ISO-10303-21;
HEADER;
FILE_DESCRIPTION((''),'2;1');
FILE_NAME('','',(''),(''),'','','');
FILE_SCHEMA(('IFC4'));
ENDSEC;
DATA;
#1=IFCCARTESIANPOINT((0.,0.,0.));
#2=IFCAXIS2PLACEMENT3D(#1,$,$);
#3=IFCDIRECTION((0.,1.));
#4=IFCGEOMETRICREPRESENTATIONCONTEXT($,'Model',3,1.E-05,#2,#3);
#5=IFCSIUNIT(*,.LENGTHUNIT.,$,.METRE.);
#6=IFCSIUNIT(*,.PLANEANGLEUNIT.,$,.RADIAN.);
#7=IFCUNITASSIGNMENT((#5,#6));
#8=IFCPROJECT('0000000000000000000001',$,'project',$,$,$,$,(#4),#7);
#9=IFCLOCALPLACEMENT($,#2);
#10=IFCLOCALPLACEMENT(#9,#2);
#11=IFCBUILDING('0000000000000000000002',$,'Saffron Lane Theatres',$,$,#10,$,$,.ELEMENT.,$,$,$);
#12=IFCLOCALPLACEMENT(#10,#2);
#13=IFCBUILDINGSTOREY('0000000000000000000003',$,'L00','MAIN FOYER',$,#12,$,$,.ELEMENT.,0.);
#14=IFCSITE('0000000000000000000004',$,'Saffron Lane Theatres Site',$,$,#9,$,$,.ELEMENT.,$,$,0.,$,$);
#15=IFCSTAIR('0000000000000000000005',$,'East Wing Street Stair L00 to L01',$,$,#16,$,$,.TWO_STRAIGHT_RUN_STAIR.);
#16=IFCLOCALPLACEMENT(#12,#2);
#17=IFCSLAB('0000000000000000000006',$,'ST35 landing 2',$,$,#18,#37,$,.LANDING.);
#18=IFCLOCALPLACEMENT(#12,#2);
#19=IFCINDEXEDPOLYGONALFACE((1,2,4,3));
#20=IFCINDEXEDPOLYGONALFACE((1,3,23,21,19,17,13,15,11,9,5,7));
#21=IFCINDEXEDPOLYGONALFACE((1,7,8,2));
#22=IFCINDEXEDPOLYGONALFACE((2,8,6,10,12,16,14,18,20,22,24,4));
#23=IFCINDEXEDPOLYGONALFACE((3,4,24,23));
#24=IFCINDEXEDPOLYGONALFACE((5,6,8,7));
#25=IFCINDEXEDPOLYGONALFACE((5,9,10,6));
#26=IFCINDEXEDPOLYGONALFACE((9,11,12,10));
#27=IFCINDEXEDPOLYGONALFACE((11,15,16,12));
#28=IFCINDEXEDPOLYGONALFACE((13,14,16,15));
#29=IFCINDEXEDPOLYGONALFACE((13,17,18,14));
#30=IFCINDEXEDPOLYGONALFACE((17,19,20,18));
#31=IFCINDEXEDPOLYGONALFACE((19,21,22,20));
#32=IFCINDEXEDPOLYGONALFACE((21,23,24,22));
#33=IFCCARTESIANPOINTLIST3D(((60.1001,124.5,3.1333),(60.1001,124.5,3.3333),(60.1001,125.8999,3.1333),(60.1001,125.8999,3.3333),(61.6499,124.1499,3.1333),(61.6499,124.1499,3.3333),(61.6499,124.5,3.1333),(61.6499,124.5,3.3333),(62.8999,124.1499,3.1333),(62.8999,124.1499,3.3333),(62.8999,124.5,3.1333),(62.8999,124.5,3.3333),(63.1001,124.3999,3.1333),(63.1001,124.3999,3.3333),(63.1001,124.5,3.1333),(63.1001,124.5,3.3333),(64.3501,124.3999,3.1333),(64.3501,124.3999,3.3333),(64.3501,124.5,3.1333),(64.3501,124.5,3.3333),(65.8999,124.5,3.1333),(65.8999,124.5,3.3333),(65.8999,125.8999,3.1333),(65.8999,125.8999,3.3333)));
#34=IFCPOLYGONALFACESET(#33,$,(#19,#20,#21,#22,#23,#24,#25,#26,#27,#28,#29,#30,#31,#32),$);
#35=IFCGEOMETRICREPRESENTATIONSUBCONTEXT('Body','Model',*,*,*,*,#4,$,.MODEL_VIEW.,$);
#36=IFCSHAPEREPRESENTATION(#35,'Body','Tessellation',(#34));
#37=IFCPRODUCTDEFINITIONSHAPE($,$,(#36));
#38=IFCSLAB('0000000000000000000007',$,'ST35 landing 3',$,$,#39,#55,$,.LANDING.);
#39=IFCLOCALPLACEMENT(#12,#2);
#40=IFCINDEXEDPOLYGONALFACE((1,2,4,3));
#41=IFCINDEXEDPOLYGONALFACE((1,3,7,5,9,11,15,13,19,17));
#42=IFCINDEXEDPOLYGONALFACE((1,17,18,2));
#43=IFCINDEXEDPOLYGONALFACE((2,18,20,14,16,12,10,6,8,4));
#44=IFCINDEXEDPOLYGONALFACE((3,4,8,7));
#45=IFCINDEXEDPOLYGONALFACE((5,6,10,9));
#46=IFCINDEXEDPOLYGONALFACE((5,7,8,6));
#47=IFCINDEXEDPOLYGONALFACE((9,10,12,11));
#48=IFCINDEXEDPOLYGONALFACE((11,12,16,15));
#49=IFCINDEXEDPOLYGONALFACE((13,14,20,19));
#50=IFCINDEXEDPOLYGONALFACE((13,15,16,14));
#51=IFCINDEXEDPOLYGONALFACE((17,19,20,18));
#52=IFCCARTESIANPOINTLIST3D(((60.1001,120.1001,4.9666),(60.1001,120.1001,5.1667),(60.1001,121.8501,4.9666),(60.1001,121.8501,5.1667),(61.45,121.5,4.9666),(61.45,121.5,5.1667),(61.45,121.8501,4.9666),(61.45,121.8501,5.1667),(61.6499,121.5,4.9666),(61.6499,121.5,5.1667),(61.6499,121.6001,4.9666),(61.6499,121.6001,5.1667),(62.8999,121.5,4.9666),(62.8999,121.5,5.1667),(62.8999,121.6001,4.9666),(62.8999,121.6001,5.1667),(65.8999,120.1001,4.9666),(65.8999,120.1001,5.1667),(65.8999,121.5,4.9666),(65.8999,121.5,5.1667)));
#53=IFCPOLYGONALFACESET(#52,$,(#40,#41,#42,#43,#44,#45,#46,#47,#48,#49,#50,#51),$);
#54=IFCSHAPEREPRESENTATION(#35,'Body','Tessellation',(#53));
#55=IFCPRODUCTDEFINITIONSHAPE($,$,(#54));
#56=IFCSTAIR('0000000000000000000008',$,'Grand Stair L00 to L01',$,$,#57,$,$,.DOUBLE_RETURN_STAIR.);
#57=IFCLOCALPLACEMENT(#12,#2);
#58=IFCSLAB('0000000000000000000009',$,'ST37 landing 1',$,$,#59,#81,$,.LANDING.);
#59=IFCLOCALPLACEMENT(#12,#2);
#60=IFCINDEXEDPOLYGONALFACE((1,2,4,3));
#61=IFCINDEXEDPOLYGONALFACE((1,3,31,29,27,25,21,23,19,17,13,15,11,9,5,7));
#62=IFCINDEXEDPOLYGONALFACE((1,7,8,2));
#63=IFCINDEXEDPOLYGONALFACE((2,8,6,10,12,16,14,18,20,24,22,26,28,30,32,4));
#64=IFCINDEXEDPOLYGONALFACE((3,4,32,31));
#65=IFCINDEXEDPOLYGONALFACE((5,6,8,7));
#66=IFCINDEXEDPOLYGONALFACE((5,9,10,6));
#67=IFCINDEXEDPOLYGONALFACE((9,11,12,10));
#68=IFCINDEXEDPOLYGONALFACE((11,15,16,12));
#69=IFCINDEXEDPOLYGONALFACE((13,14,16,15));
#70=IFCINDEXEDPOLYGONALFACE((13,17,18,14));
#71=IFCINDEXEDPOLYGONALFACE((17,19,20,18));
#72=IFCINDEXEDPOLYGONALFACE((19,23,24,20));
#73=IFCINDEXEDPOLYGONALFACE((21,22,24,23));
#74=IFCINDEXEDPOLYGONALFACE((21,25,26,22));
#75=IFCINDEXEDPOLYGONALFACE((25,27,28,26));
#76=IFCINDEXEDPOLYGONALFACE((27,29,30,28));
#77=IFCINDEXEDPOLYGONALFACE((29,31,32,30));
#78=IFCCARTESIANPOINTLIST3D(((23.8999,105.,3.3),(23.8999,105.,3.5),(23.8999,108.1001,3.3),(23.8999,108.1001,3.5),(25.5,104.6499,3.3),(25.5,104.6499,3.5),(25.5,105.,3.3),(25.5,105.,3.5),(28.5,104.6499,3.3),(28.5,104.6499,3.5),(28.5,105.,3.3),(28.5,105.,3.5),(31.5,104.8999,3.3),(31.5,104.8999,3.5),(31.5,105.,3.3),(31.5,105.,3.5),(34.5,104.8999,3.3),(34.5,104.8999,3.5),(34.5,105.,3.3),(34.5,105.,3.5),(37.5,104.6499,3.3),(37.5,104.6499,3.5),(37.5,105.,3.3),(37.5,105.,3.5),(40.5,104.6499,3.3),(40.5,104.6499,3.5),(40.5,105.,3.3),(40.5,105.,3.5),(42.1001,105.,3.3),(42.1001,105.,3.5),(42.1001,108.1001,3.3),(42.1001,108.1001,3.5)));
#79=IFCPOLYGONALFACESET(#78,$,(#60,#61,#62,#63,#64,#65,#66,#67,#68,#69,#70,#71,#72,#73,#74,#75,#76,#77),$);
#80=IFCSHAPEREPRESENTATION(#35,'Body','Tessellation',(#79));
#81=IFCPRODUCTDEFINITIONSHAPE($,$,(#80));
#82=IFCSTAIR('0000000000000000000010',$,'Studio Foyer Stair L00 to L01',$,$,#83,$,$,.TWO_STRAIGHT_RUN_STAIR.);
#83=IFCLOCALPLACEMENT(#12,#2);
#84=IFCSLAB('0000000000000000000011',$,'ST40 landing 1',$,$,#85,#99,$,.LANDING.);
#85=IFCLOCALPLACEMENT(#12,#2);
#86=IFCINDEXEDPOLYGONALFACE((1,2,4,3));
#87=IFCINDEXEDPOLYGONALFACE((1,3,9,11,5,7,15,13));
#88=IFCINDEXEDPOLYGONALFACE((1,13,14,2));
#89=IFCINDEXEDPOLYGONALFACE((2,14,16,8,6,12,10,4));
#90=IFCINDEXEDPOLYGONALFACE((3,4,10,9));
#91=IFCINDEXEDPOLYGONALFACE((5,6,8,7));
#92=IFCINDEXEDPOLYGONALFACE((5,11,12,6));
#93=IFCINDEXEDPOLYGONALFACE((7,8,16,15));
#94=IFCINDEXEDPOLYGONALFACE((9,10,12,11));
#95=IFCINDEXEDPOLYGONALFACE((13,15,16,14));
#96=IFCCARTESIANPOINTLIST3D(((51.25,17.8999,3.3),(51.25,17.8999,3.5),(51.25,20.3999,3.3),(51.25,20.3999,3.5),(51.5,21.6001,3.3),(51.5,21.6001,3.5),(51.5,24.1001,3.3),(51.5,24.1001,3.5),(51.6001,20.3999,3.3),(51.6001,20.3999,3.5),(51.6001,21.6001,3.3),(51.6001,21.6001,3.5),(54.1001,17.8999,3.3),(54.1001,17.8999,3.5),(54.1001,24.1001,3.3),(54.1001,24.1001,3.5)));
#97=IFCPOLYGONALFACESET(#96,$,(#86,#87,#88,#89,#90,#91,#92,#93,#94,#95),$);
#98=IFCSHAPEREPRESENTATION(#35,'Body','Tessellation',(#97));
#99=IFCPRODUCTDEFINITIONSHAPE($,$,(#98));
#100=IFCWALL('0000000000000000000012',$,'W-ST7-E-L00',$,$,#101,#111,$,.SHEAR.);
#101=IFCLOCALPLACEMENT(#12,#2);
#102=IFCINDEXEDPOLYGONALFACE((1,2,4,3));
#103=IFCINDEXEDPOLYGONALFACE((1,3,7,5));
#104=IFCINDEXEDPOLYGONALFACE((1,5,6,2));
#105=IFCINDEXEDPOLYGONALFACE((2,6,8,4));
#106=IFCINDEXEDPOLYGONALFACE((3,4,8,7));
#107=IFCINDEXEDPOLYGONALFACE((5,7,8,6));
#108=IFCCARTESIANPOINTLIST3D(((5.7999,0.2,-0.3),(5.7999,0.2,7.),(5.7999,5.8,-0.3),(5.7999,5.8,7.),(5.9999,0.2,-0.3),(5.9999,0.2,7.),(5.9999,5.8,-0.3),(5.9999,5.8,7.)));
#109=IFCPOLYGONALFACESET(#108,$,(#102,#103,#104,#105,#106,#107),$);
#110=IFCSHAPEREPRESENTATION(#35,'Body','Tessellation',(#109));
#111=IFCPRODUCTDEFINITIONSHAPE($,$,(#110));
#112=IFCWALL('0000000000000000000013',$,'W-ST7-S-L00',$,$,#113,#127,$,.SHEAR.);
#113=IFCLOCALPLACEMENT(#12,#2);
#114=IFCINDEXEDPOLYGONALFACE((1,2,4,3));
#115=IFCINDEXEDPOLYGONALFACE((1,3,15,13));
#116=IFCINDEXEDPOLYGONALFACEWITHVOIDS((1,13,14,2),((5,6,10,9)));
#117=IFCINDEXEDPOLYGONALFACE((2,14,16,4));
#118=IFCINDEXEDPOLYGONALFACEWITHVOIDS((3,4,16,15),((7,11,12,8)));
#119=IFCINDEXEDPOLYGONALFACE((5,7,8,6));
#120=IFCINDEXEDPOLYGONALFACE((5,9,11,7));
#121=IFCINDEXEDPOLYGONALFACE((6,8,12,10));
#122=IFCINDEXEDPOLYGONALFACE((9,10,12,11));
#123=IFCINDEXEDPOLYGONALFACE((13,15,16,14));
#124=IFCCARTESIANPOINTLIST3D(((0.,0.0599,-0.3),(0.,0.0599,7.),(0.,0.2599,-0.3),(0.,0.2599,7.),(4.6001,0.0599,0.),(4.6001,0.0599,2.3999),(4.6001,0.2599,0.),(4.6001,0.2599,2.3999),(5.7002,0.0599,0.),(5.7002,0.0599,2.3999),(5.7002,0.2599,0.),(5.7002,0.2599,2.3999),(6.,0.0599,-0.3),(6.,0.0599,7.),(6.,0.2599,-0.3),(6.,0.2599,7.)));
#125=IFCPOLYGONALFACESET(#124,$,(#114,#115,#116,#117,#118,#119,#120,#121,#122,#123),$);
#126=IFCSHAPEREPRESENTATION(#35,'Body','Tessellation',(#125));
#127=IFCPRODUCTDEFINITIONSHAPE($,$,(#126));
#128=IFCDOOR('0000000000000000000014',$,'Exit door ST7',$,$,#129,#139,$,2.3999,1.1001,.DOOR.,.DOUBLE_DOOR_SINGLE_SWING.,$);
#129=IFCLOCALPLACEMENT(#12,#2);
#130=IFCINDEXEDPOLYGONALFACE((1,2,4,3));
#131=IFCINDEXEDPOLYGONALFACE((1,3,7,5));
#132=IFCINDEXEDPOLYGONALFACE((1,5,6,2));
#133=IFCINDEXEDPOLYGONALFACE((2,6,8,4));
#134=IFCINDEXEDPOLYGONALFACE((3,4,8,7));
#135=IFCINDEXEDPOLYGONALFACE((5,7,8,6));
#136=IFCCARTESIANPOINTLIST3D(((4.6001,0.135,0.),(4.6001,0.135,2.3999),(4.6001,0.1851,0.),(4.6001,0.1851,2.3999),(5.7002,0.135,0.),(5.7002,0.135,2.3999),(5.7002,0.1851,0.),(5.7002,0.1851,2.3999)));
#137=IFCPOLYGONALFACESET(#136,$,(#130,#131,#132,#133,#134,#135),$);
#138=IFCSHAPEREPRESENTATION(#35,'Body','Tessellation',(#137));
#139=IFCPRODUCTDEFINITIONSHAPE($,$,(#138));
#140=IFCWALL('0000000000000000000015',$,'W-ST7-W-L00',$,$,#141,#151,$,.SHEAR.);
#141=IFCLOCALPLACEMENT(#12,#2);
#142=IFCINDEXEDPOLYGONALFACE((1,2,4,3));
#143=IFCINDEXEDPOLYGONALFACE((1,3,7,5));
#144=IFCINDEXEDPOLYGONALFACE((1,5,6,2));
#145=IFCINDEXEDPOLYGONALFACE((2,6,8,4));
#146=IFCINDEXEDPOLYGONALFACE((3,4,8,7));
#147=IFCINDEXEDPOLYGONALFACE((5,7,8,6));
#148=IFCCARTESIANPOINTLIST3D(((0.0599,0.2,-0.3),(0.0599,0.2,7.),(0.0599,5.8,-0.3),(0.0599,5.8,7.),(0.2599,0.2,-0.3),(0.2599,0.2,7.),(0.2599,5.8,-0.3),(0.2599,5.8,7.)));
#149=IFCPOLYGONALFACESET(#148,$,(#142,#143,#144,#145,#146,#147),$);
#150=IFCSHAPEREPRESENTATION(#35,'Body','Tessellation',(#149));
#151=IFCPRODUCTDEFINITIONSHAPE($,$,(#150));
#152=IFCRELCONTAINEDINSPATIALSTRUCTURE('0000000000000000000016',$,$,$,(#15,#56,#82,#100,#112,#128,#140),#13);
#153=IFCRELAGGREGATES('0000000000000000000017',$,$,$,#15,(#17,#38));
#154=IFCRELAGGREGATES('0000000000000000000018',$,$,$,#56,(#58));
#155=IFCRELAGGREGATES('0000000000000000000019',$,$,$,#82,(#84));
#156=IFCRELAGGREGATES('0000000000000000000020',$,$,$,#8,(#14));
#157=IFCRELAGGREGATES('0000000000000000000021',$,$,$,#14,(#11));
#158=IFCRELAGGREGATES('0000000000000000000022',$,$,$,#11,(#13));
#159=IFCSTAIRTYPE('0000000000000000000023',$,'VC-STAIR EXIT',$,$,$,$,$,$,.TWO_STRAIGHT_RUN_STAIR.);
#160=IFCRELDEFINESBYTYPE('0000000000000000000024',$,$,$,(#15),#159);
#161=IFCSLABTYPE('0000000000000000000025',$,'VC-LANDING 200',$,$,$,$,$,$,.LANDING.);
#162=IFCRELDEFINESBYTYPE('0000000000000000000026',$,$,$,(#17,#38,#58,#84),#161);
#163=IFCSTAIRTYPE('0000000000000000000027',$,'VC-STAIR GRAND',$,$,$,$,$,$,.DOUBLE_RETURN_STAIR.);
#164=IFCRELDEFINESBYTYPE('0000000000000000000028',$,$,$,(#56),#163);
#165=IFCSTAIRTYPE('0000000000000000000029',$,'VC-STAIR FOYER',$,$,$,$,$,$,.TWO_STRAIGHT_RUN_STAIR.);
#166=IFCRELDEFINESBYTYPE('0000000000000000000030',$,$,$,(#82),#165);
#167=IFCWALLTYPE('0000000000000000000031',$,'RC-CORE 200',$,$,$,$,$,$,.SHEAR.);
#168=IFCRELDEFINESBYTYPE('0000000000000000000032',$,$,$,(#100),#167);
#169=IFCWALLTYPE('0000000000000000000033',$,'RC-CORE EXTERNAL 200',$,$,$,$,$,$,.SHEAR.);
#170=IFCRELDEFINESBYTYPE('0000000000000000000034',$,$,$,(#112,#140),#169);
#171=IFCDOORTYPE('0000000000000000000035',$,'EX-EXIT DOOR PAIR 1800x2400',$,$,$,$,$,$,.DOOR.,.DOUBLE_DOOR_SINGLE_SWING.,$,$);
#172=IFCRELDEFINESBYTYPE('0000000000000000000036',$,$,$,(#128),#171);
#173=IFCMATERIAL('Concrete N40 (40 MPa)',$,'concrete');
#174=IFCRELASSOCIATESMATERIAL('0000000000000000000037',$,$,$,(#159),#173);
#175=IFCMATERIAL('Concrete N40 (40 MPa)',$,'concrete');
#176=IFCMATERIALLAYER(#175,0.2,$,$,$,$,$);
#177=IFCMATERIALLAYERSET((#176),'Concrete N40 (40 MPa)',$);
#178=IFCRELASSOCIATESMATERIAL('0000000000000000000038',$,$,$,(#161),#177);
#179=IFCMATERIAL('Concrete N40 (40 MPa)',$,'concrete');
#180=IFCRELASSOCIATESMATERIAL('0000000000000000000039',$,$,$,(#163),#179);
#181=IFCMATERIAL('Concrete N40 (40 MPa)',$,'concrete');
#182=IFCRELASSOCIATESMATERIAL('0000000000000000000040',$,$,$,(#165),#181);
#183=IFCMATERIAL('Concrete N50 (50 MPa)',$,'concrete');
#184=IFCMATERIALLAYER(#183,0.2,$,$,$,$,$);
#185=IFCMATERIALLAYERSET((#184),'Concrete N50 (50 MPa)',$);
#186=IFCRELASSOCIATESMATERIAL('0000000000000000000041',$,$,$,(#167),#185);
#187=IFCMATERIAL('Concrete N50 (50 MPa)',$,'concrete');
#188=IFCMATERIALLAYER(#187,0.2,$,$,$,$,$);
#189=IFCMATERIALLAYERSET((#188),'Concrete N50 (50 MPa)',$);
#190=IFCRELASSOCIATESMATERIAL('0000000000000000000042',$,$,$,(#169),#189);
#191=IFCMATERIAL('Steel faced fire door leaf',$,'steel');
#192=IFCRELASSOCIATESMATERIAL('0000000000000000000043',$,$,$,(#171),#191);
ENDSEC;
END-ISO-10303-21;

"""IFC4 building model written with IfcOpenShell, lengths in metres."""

from ifc_helpers import new_model, si_unit, direction, frame, frame_2d, origin, place, context, subcontext, project, spatial, polyline, rectangle, outline, extrude, material, layer, layer_set, type_object, element, fill, aggregate, save


model = new_model("IFC4")

# Units and contexts
model_context = context("Model", 3, precision=1e-05, world=origin(), true_north=direction((0.0, 1.0)))
body_context = subcontext(model_context, "Body", "Model", "MODEL_VIEW")
ifc_project = project(units=[si_unit("LENGTHUNIT", "METRE"), si_unit("PLANEANGLEUNIT", "RADIAN")], contexts=[model_context])

# Site, building, storey
site_placement = place(None, origin())
site = spatial("IfcSite", under=ifc_project, at=site_placement, Name="Saffron Lane Theatres Site", CompositionType="ELEMENT", RefElevation=0.0)
building_placement = place(site_placement, origin())
building = spatial("IfcBuilding", under=site, at=building_placement, Name="Saffron Lane Theatres", CompositionType="ELEMENT")
storey_placement = place(building_placement, origin())
storey = spatial("IfcBuildingStorey", under=building, at=storey_placement, Name="L00", Description="MAIN FOYER", CompositionType="ELEMENT", Elevation=0.0)

# Stair, slabs
ifc_material_1 = material(Name="Concrete N40 (40 MPa)", Category="concrete")
stair_type_1 = type_object("IfcStairType", Name="VC-STAIR EXIT", PredefinedType="TWO_STRAIGHT_RUN_STAIR", material=ifc_material_1)
ifc_material_2 = material(Name="Concrete N40 (40 MPa)", Category="concrete")
ifc_layer_1 = layer(ifc_material_2, 0.2)
ifc_layer_set_1 = layer_set([ifc_layer_1], Name="Concrete N40 (40 MPa)")
slab_type = type_object("IfcSlabType", Name="VC-LANDING 200", PredefinedType="LANDING", material=ifc_layer_set_1)
stair_1_placement = place(storey_placement, origin())
stair_1 = element("IfcStair", 1, at=stair_1_placement, inside=storey, type_object=stair_type_1, Name="East Wing Street Stair L00 to L01", PredefinedType="TWO_STRAIGHT_RUN_STAIR")
slab_1_placement = place(storey_placement, frame((0.0, 0.0, 3.1333)))
slab_1 = element("IfcSlab", 2, at=slab_1_placement, type_object=slab_type, Name="ST35 landing 2", PredefinedType="LANDING", context=body_context, shape_type="SweptSolid", body=[
    extrude(outline(polyline([(60.1001, 124.5), (60.1001, 125.8999), (65.8999, 125.8999), (65.8999, 124.5), (64.3501, 124.5), (64.3501, 124.3999), (63.1001, 124.3999), (63.1001, 124.5), (62.8999, 124.5), (62.8999, 124.1499), (61.6499, 124.1499), (61.6499, 124.5), (60.1001, 124.5)])), origin(), (0.0, 0.0, 1.0), 0.2),
])
slab_2_placement = place(storey_placement, frame((0.0, 0.0, 4.9666)))
slab_2 = element("IfcSlab", 3, at=slab_2_placement, type_object=slab_type, Name="ST35 landing 3", PredefinedType="LANDING", context=body_context, shape_type="SweptSolid", body=[
    extrude(outline(polyline([(61.45, 121.5), (61.6499, 121.5), (61.6499, 121.6001), (62.8999, 121.6001), (62.8999, 121.5), (65.8999, 121.5), (65.8999, 120.1001), (60.1001, 120.1001), (60.1001, 121.8501), (61.45, 121.8501), (61.45, 121.5)])), origin(), (0.0, 0.0, 1.0), 0.2002),
])
aggregate(stair_1, [slab_1, slab_2])

# Stairs, slabs
ifc_material_3 = material(Name="Concrete N40 (40 MPa)", Category="concrete")
stair_type_2 = type_object("IfcStairType", Name="VC-STAIR GRAND", PredefinedType="DOUBLE_RETURN_STAIR", material=ifc_material_3)
stair_2_placement = place(storey_placement, origin())
stair_2 = element("IfcStair", 4, at=stair_2_placement, inside=storey, type_object=stair_type_2, Name="Grand Stair L00 to L01", PredefinedType="DOUBLE_RETURN_STAIR")
slab_3_placement = place(storey_placement, frame((0.0, 0.0, 3.3)))
slab_3 = element("IfcSlab", 5, at=slab_3_placement, type_object=slab_type, Name="ST37 landing 1", PredefinedType="LANDING", context=body_context, shape_type="SweptSolid", body=[
    extrude(outline(polyline([(25.5, 105.0), (23.8999, 105.0), (23.8999, 108.1001), (42.1001, 108.1001), (42.1001, 105.0), (40.5, 105.0), (40.5, 104.6499), (37.5, 104.6499), (37.5, 105.0), (34.5, 105.0), (34.5, 104.8999), (31.5, 104.8999), (31.5, 105.0), (28.5, 105.0), (28.5, 104.6499), (25.5, 104.6499), (25.5, 105.0)])), origin(), (0.0, 0.0, 1.0), 0.2),
])
aggregate(stair_2, [slab_3])
ifc_material_4 = material(Name="Concrete N40 (40 MPa)", Category="concrete")
stair_type_3 = type_object("IfcStairType", Name="VC-STAIR FOYER", PredefinedType="TWO_STRAIGHT_RUN_STAIR", material=ifc_material_4)
stair_3_placement = place(storey_placement, origin())
stair_3 = element("IfcStair", 6, at=stair_3_placement, inside=storey, type_object=stair_type_3, Name="Studio Foyer Stair L00 to L01", PredefinedType="TWO_STRAIGHT_RUN_STAIR")
slab_4_placement = place(storey_placement, frame((0.0, 0.0, 3.3)))
slab_4 = element("IfcSlab", 7, at=slab_4_placement, type_object=slab_type, Name="ST40 landing 1", PredefinedType="LANDING", context=body_context, shape_type="SweptSolid", body=[
    extrude(outline(polyline([(51.25, 17.8999), (51.25, 20.3999), (51.6001, 20.3999), (51.6001, 21.6001), (51.5, 21.6001), (51.5, 24.1001), (54.1001, 24.1001), (54.1001, 17.8999), (51.25, 17.8999)])), origin(), (0.0, 0.0, 1.0), 0.2),
])
aggregate(stair_3, [slab_4])

# Wall
ifc_material_5 = material(Name="Concrete N50 (50 MPa)", Category="concrete")
ifc_layer_2 = layer(ifc_material_5, 0.2)
ifc_layer_set_2 = layer_set([ifc_layer_2], Name="Concrete N50 (50 MPa)")
wall_type_1 = type_object("IfcWallType", Name="RC-CORE 200", PredefinedType="SHEAR", material=ifc_layer_set_2)
wall_1_placement = place(storey_placement, frame((5.8999, 0.2, -0.3), z_axis=(0.0, 0.0, 1.0), x_axis=(0.0, 1.0, 0.0)))
element("IfcWall", 8, at=wall_1_placement, inside=storey, type_object=wall_type_1, Name="W-ST7-E-L00", PredefinedType="SHEAR", context=body_context, shape_type="SweptSolid", body=[
    extrude(rectangle(XDim=5.6001, YDim=0.2, at=frame_2d((2.8, 0.0))), origin(), (0.0, 0.0, 1.0), 7.3),
])

# Wall, opening, door
ifc_material_6 = material(Name="Concrete N50 (50 MPa)", Category="concrete")
ifc_layer_3 = layer(ifc_material_6, 0.2)
ifc_layer_set_3 = layer_set([ifc_layer_3], Name="Concrete N50 (50 MPa)")
wall_type_2 = type_object("IfcWallType", Name="RC-CORE EXTERNAL 200", PredefinedType="SHEAR", material=ifc_layer_set_3)
wall_2_placement = place(storey_placement, frame((0.0, 0.1599, -0.3), z_axis=(0.0, 0.0, 1.0), x_axis=(1.0, 0.0, 0.0)))
wall_2 = element("IfcWall", 9, at=wall_2_placement, inside=storey, type_object=wall_type_2, Name="W-ST7-S-L00", PredefinedType="SHEAR", context=body_context, shape_type="SweptSolid", body=[
    extrude(rectangle(XDim=6.0, YDim=0.2, at=frame_2d((3.0, 0.0))), origin(), (0.0, 0.0, 1.0), 7.3),
])
opening_placement = place(wall_2_placement, frame((4.6001, 0.0, 0.3)))
opening = element("IfcOpeningElement", 10, at=opening_placement, cuts=wall_2, PredefinedType="OPENING", context=body_context, shape_type="SweptSolid", body=[
    extrude(rectangle(XDim=1.1001, YDim=2.3999, at=frame_2d((0.55, 1.2))), frame((0.0, 0.1099, 0.0), z_axis=(0.0, -1.0, 0.0), x_axis=(1.0, 0.0, 0.0)), (0.0, 0.0, 1.0), 0.22),
])
ifc_material_7 = material(Name="Steel faced fire door leaf", Category="steel")
door_type = type_object("IfcDoorType", Name="EX-EXIT DOOR PAIR 1800x2400", OperationType="DOUBLE_DOOR_SINGLE_SWING", PredefinedType="DOOR", material=ifc_material_7)
door_placement = place(opening_placement, frame((1.1001, 0.0, 0.0), z_axis=(0.0, 0.0, 1.0), x_axis=(-1.0, 0.0, 0.0)))
door = element("IfcDoor", 11, at=door_placement, inside=storey, type_object=door_type, Name="Exit door ST7", OperationType="DOUBLE_DOOR_SINGLE_SWING", OverallHeight=2.3999, OverallWidth=1.1001, PredefinedType="DOOR", context=body_context, shape_type="SweptSolid", body=[
    extrude(rectangle(XDim=1.1001, YDim=2.3999, at=frame_2d((0.55, 1.2))), frame((0.0, 0.0249, 0.0), z_axis=(0.0, -1.0, 0.0), x_axis=(1.0, 0.0, 0.0)), (0.0, 0.0, 1.0), 0.05),
])
fill(opening, door)

# Wall
wall_3_placement = place(storey_placement, frame((0.1599, 0.2, -0.3), z_axis=(0.0, 0.0, 1.0), x_axis=(0.0, 1.0, 0.0)))
element("IfcWall", 12, at=wall_3_placement, inside=storey, type_object=wall_type_2, Name="W-ST7-W-L00", PredefinedType="SHEAR", context=body_context, shape_type="SweptSolid", body=[
    extrude(rectangle(XDim=5.6001, YDim=0.2, at=frame_2d((2.8, 0.0))), origin(), (0.0, 0.0, 1.0), 7.3),
])

save(model, "model.ifc")
